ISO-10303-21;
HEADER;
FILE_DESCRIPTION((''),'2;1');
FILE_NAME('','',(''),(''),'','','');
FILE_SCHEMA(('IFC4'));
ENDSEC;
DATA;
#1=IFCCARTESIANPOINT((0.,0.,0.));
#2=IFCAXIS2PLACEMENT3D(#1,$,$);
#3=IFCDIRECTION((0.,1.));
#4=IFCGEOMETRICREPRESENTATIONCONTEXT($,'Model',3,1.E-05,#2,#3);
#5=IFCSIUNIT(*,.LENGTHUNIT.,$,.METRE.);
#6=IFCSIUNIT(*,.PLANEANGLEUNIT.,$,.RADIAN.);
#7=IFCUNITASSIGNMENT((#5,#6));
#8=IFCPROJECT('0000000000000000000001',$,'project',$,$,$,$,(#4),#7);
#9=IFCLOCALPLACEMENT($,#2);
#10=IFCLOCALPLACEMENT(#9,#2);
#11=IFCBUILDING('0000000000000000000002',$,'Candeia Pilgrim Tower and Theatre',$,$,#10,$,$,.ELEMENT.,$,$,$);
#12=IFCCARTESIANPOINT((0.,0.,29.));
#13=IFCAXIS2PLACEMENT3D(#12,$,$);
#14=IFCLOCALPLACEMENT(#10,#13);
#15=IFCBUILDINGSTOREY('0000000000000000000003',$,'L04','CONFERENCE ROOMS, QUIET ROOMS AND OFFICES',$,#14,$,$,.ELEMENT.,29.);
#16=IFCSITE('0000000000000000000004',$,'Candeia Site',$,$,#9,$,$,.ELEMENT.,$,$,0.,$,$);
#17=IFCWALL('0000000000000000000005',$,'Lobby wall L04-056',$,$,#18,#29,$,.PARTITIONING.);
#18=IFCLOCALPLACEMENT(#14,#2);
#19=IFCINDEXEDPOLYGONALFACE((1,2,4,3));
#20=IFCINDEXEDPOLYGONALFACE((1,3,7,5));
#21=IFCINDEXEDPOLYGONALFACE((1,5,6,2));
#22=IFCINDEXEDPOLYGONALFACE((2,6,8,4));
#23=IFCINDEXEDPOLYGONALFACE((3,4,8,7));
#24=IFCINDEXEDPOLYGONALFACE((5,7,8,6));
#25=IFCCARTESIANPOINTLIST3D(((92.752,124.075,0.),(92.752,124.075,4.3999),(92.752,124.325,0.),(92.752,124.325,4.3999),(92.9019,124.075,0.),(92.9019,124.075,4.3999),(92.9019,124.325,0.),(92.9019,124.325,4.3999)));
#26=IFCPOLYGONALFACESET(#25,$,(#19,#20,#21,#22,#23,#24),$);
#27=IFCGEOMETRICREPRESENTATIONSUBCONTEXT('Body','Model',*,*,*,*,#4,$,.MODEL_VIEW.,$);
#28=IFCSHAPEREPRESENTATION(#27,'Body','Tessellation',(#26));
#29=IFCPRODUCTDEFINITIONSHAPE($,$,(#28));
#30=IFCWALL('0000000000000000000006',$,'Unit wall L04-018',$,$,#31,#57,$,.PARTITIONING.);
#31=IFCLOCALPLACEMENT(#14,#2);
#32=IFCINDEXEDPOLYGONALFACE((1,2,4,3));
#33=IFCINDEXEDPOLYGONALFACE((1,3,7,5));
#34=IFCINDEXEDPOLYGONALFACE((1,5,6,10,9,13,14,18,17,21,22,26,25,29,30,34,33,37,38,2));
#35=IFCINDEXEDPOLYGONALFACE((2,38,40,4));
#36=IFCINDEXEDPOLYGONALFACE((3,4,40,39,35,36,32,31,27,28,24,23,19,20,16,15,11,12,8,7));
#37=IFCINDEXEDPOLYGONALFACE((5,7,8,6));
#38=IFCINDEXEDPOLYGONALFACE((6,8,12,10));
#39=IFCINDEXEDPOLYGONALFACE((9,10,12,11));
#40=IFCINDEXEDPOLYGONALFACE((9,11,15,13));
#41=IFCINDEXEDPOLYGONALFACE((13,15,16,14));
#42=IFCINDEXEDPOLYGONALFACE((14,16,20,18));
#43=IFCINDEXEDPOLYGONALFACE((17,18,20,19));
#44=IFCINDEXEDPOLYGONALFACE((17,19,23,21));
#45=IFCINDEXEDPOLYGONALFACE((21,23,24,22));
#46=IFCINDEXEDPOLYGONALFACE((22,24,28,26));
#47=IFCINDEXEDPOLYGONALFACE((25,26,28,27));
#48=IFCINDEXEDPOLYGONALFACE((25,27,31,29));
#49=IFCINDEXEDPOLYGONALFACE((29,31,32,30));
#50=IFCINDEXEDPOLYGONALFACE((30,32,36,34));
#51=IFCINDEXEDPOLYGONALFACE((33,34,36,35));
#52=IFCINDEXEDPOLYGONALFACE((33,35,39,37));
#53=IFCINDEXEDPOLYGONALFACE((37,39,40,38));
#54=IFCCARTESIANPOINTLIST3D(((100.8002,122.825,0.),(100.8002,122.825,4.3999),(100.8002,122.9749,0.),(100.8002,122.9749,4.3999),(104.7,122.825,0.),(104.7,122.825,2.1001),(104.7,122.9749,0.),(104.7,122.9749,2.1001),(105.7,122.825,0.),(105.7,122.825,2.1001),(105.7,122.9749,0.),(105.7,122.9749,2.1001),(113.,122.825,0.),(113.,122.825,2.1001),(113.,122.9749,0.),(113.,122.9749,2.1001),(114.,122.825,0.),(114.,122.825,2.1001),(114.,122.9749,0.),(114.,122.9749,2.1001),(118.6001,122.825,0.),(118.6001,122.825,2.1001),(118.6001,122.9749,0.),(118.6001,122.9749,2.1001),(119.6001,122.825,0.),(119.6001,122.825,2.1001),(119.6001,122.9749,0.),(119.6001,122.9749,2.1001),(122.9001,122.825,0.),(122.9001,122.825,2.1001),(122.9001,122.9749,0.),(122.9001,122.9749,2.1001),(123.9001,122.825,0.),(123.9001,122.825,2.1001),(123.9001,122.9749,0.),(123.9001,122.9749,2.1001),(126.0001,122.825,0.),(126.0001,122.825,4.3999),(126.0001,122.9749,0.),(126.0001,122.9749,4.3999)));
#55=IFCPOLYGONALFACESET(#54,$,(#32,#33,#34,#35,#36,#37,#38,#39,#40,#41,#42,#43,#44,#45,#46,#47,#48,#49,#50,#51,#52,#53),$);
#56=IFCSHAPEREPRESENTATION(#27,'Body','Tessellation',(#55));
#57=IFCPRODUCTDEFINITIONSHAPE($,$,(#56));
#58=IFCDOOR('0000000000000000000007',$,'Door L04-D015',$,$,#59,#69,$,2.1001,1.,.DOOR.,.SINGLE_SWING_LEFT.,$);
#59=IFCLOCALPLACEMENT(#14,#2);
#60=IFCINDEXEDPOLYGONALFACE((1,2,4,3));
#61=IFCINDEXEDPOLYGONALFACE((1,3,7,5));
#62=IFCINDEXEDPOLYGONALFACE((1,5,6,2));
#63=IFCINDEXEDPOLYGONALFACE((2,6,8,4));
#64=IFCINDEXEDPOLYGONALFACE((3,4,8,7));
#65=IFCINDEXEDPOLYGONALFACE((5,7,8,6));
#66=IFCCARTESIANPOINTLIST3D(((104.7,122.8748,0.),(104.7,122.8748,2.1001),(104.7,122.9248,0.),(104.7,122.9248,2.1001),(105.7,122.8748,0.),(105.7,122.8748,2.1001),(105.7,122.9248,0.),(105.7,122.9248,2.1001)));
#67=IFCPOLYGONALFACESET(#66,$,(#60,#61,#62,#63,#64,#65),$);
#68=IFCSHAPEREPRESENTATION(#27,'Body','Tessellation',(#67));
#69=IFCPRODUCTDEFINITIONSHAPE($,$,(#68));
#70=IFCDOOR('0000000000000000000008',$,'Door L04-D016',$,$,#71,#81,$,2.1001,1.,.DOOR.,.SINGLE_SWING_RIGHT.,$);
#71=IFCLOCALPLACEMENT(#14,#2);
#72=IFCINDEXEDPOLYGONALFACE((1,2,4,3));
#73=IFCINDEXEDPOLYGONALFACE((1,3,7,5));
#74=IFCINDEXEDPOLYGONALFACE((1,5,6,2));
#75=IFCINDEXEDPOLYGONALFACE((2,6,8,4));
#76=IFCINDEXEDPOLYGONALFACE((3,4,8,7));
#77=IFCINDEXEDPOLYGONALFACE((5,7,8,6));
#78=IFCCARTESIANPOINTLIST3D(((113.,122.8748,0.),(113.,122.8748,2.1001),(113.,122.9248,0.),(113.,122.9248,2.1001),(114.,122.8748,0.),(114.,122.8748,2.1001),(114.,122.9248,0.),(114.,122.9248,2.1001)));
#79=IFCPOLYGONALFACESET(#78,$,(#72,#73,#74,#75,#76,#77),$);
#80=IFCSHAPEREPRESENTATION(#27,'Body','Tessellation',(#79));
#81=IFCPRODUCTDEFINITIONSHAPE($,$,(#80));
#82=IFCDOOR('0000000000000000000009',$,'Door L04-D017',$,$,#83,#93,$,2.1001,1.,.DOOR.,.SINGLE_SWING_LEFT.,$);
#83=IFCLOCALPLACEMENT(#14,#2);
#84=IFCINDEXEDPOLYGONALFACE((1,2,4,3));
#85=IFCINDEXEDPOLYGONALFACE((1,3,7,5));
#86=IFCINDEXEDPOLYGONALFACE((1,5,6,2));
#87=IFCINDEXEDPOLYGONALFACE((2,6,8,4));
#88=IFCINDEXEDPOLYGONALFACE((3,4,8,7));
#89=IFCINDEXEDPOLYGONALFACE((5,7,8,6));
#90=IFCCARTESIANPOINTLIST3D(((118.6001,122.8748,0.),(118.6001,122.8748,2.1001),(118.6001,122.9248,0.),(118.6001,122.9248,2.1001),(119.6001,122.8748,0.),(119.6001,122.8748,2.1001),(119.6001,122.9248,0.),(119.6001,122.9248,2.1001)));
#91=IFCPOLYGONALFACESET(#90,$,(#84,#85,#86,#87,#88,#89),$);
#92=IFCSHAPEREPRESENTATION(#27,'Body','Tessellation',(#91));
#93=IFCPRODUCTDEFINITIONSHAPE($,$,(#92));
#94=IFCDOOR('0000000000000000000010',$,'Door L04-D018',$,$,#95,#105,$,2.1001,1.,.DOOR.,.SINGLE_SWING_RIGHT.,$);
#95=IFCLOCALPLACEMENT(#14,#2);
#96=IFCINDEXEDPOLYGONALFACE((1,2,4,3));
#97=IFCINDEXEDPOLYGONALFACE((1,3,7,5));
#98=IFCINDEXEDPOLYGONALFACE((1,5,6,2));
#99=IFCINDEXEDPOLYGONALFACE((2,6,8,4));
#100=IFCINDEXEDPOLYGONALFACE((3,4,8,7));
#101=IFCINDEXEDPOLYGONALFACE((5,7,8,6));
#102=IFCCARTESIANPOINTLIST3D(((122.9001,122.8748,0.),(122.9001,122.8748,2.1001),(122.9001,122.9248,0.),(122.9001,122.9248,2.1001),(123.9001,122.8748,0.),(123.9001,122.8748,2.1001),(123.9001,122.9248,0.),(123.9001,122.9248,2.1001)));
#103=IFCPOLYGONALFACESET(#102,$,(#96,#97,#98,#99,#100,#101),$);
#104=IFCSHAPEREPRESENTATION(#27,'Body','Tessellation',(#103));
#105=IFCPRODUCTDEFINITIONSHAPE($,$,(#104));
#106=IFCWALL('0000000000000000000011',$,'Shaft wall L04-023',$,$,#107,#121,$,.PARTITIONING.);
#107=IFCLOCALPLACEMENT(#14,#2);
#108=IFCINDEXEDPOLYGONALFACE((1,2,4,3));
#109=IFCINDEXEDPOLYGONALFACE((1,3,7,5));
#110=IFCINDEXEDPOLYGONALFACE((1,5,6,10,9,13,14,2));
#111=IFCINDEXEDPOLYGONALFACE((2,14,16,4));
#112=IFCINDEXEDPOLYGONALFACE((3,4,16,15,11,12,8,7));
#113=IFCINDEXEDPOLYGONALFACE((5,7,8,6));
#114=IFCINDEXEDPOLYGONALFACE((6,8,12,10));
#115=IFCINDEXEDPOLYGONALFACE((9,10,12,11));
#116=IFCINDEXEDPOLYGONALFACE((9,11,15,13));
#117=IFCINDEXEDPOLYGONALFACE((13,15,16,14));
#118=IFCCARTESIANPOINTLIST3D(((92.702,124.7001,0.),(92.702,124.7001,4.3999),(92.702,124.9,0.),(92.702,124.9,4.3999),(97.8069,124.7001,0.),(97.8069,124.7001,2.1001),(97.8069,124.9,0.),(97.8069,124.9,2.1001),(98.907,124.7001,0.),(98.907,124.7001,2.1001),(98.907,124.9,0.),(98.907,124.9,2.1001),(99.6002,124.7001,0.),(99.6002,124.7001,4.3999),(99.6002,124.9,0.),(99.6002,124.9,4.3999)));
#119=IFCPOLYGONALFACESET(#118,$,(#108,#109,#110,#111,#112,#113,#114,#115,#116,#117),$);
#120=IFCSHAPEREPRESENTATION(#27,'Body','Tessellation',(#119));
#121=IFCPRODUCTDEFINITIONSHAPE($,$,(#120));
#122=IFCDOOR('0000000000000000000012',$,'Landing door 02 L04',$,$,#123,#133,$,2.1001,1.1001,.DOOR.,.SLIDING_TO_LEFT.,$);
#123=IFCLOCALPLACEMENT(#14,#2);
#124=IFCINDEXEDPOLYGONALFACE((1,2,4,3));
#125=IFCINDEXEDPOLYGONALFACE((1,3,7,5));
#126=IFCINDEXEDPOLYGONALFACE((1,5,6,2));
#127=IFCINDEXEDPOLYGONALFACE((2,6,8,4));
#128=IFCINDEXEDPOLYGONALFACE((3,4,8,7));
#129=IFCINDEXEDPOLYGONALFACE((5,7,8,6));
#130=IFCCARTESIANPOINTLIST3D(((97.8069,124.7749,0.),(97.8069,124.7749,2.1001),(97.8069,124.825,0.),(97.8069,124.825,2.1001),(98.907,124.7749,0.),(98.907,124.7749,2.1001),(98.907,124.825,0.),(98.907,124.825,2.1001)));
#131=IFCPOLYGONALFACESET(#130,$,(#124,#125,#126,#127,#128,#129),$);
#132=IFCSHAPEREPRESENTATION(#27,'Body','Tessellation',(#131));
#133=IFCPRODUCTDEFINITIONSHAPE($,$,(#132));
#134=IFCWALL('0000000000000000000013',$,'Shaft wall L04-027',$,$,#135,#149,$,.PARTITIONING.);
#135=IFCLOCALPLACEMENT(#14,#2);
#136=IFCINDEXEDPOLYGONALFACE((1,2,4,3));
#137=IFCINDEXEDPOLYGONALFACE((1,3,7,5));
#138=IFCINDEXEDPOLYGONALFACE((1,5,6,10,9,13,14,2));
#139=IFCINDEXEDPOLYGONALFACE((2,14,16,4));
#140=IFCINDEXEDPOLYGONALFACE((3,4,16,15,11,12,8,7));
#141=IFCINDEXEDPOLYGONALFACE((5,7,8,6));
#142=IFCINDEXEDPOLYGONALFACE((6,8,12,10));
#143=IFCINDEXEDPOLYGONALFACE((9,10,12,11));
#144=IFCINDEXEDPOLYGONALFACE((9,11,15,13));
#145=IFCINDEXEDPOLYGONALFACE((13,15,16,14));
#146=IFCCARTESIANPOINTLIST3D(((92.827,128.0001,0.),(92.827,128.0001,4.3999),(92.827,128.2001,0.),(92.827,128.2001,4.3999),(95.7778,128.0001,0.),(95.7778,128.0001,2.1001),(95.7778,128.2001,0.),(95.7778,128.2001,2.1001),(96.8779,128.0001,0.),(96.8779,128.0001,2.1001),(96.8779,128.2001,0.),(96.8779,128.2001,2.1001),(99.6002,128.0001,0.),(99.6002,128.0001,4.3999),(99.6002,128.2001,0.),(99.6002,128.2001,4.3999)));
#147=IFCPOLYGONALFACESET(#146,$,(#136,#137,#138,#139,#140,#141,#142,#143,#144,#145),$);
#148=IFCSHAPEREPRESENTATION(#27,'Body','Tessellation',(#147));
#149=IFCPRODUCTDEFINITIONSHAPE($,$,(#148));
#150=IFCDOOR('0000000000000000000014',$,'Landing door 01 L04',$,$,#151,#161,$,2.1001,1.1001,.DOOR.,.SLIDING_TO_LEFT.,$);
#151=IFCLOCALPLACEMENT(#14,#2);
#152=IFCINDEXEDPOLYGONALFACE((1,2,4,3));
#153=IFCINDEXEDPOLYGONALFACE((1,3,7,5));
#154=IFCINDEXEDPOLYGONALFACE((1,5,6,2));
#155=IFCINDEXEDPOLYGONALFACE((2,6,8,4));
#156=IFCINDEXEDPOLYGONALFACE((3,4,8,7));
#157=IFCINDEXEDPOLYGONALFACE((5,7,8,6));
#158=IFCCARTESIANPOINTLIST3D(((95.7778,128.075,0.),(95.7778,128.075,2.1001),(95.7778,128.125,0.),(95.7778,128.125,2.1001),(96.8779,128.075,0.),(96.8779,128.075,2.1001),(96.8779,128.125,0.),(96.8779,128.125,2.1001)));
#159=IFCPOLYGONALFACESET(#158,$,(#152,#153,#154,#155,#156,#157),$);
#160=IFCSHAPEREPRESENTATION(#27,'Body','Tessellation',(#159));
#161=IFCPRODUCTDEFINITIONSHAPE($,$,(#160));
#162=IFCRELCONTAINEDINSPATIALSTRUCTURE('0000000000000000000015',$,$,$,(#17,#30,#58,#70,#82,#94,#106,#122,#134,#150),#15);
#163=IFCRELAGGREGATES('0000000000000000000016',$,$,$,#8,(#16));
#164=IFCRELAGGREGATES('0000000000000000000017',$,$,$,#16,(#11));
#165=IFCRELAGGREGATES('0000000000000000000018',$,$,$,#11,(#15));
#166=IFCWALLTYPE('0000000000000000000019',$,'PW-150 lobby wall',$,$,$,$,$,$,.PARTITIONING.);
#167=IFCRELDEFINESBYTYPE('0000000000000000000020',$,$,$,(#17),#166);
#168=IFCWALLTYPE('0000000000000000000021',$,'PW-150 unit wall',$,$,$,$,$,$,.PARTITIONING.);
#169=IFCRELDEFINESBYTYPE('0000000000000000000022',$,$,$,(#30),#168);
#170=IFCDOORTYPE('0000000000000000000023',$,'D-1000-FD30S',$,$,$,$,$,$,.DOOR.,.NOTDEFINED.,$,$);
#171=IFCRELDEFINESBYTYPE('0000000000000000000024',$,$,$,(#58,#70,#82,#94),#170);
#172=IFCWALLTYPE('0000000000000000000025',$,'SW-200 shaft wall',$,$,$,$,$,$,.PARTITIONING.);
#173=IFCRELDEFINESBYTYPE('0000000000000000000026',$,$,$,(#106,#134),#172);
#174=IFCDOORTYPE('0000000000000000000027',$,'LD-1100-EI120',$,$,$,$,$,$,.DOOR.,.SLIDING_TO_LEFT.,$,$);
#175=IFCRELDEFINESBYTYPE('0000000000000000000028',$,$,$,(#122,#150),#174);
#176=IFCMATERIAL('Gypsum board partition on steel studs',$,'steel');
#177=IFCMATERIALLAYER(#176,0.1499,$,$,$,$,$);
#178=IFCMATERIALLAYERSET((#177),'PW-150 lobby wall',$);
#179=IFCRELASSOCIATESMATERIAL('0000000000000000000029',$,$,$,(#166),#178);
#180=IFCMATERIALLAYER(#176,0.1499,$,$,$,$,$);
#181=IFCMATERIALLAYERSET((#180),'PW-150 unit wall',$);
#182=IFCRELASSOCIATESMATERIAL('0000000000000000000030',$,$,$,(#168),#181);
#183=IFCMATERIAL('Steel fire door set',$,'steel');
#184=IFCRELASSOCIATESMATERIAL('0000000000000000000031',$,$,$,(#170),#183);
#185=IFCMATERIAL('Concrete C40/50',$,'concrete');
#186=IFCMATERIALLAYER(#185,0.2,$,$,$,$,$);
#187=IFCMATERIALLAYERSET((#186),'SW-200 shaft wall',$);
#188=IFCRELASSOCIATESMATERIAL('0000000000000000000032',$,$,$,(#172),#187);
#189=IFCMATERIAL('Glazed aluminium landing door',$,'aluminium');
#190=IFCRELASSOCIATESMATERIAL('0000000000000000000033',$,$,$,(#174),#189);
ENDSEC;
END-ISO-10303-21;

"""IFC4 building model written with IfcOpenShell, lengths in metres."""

from ifc_helpers import new_model, si_unit, direction, frame, frame_2d, origin, place, context, subcontext, project, spatial, rectangle, extrude, material, layer, layer_set, type_object, element, fill, save


model = new_model("IFC4")

# Units and contexts
model_context = context("Model", 3, precision=1e-05, world=origin(), true_north=direction((0.0, 1.0)))
body_context = subcontext(model_context, "Body", "Model", "MODEL_VIEW")
ifc_project = project(units=[si_unit("LENGTHUNIT", "METRE"), si_unit("PLANEANGLEUNIT", "RADIAN")], contexts=[model_context])

# Site, building, storey
site_placement = place(None, origin())
site = spatial("IfcSite", under=ifc_project, at=site_placement, Name="Candeia Site", CompositionType="ELEMENT", RefElevation=0.0)
building_placement = place(site_placement, origin())
building = spatial("IfcBuilding", under=site, at=building_placement, Name="Candeia Pilgrim Tower and Theatre", CompositionType="ELEMENT")
storey_placement = place(building_placement, frame((0.0, 0.0, 29.0)))
storey = spatial("IfcBuildingStorey", under=building, at=storey_placement, Name="L04", Description="CONFERENCE ROOMS, QUIET ROOMS AND OFFICES", CompositionType="ELEMENT", Elevation=29.0)

# Wall
ifc_material_1 = material(Name="Gypsum board partition on steel studs", Category="steel")
ifc_layer_1 = layer(ifc_material_1, 0.1499)
ifc_layer_set_1 = layer_set([ifc_layer_1], Name="PW-150 lobby wall")
wall_type_1 = type_object("IfcWallType", Name="PW-150 lobby wall", PredefinedType="PARTITIONING", material=ifc_layer_set_1)
wall_1_placement = place(storey_placement, frame((92.8269, 124.075, 0.0), z_axis=(0.0, 0.0, 1.0), x_axis=(0.0, 1.0, 0.0)))
element("IfcWall", 1, at=wall_1_placement, inside=storey, type_object=wall_type_1, Name="Lobby wall L04-056", PredefinedType="PARTITIONING", context=body_context, shape_type="SweptSolid", body=[
    extrude(rectangle(XDim=0.25, YDim=0.1499, at=frame_2d((0.125, 0.0))), origin(), (0.0, 0.0, 1.0), 4.3999),
])

# Wall, openings, doors
ifc_layer_2 = layer(ifc_material_1, 0.1499)
ifc_layer_set_2 = layer_set([ifc_layer_2], Name="PW-150 unit wall")
wall_type_2 = type_object("IfcWallType", Name="PW-150 unit wall", PredefinedType="PARTITIONING", material=ifc_layer_set_2)
wall_2_placement = place(storey_placement, frame((100.8, 122.8999, 0.0), z_axis=(0.0, 0.0, 1.0), x_axis=(1.0, 0.0, 0.0)))
wall_2 = element("IfcWall", 2, at=wall_2_placement, inside=storey, type_object=wall_type_2, Name="Unit wall L04-018", PredefinedType="PARTITIONING", context=body_context, shape_type="SweptSolid", body=[
    extrude(rectangle(XDim=25.2, YDim=0.1499, at=frame_2d((12.6001, 0.0))), origin(), (0.0, 0.0, 1.0), 4.3999),
])
opening_1_placement = place(wall_2_placement, frame((3.8999, 0.0, 0.0)))
opening_1 = element("IfcOpeningElement", 3, at=opening_1_placement, cuts=wall_2, PredefinedType="OPENING", context=body_context, shape_type="SweptSolid", body=[
    extrude(rectangle(XDim=1.0, YDim=2.1001, at=frame_2d((0.5, 1.05))), frame((0.0, 0.085, 0.0), z_axis=(0.0, -1.0, 0.0), x_axis=(1.0, 0.0, 0.0)), (0.0, 0.0, 1.0), 0.1699),
])
opening_2_placement = place(wall_2_placement, frame((12.2, 0.0, 0.0)))
opening_2 = element("IfcOpeningElement", 4, at=opening_2_placement, cuts=wall_2, PredefinedType="OPENING", context=body_context, shape_type="SweptSolid", body=[
    extrude(rectangle(XDim=1.0, YDim=2.1001, at=frame_2d((0.5, 1.05))), frame((0.0, 0.085, 0.0), z_axis=(0.0, -1.0, 0.0), x_axis=(1.0, 0.0, 0.0)), (0.0, 0.0, 1.0), 0.1699),
])
opening_3_placement = place(wall_2_placement, frame((17.8, 0.0, 0.0)))
opening_3 = element("IfcOpeningElement", 5, at=opening_3_placement, cuts=wall_2, PredefinedType="OPENING", context=body_context, shape_type="SweptSolid", body=[
    extrude(rectangle(XDim=1.0, YDim=2.1001, at=frame_2d((0.5, 1.05))), frame((0.0, 0.085, 0.0), z_axis=(0.0, -1.0, 0.0), x_axis=(1.0, 0.0, 0.0)), (0.0, 0.0, 1.0), 0.1699),
])
opening_4_placement = place(wall_2_placement, frame((22.1001, 0.0, 0.0)))
opening_4 = element("IfcOpeningElement", 6, at=opening_4_placement, cuts=wall_2, PredefinedType="OPENING", context=body_context, shape_type="SweptSolid", body=[
    extrude(rectangle(XDim=1.0, YDim=2.1001, at=frame_2d((0.5, 1.05))), frame((0.0, 0.085, 0.0), z_axis=(0.0, -1.0, 0.0), x_axis=(1.0, 0.0, 0.0)), (0.0, 0.0, 1.0), 0.1699),
])
ifc_material_2 = material(Name="Steel fire door set", Category="steel")
door_type_1 = type_object("IfcDoorType", Name="D-1000-FD30S", OperationType="NOTDEFINED", PredefinedType="DOOR", material=ifc_material_2)
door_1_placement = place(opening_1_placement, origin())
door_1 = element("IfcDoor", 7, at=door_1_placement, inside=storey, type_object=door_type_1, Name="Door L04-D015", OperationType="SINGLE_SWING_LEFT", OverallHeight=2.1001, OverallWidth=1.0, PredefinedType="DOOR", context=body_context, shape_type="SweptSolid", body=[
    extrude(rectangle(XDim=1.0, YDim=2.1001, at=frame_2d((0.5, 1.05))), frame((0.0, 0.0249, 0.0), z_axis=(0.0, -1.0, 0.0), x_axis=(1.0, 0.0, 0.0)), (0.0, 0.0, 1.0), 0.05),
])
fill(opening_1, door_1)
door_2_placement = place(opening_2_placement, origin())
door_2 = element("IfcDoor", 8, at=door_2_placement, inside=storey, type_object=door_type_1, Name="Door L04-D016", OperationType="SINGLE_SWING_RIGHT", OverallHeight=2.1001, OverallWidth=1.0, PredefinedType="DOOR", context=body_context, shape_type="SweptSolid", body=[
    extrude(rectangle(XDim=1.0, YDim=2.1001, at=frame_2d((0.5, 1.05))), frame((0.0, 0.0249, 0.0), z_axis=(0.0, -1.0, 0.0), x_axis=(1.0, 0.0, 0.0)), (0.0, 0.0, 1.0), 0.05),
])
fill(opening_2, door_2)
door_3_placement = place(opening_3_placement, origin())
door_3 = element("IfcDoor", 9, at=door_3_placement, inside=storey, type_object=door_type_1, Name="Door L04-D017", OperationType="SINGLE_SWING_LEFT", OverallHeight=2.1001, OverallWidth=1.0, PredefinedType="DOOR", context=body_context, shape_type="SweptSolid", body=[
    extrude(rectangle(XDim=1.0, YDim=2.1001, at=frame_2d((0.5, 1.05))), frame((0.0, 0.0249, 0.0), z_axis=(0.0, -1.0, 0.0), x_axis=(1.0, 0.0, 0.0)), (0.0, 0.0, 1.0), 0.05),
])
fill(opening_3, door_3)
door_4_placement = place(opening_4_placement, origin())
door_4 = element("IfcDoor", 10, at=door_4_placement, inside=storey, type_object=door_type_1, Name="Door L04-D018", OperationType="SINGLE_SWING_RIGHT", OverallHeight=2.1001, OverallWidth=1.0, PredefinedType="DOOR", context=body_context, shape_type="SweptSolid", body=[
    extrude(rectangle(XDim=1.0, YDim=2.1001, at=frame_2d((0.5, 1.05))), frame((0.0, 0.0249, 0.0), z_axis=(0.0, -1.0, 0.0), x_axis=(1.0, 0.0, 0.0)), (0.0, 0.0, 1.0), 0.05),
])
fill(opening_4, door_4)

# Walls, openings, doors
ifc_material_3 = material(Name="Concrete C40/50", Category="concrete")
ifc_layer_3 = layer(ifc_material_3, 0.2)
ifc_layer_set_3 = layer_set([ifc_layer_3], Name="SW-200 shaft wall")
wall_type_3 = type_object("IfcWallType", Name="SW-200 shaft wall", PredefinedType="PARTITIONING", material=ifc_layer_set_3)
wall_3_placement = place(storey_placement, frame((92.7019, 124.8, 0.0), z_axis=(0.0, 0.0, 1.0), x_axis=(1.0, 0.0, 0.0)))
wall_3 = element("IfcWall", 11, at=wall_3_placement, inside=storey, type_object=wall_type_3, Name="Shaft wall L04-023", PredefinedType="PARTITIONING", context=body_context, shape_type="SweptSolid", body=[
    extrude(rectangle(XDim=6.8982, YDim=0.2, at=frame_2d((3.4492, 0.0))), origin(), (0.0, 0.0, 1.0), 4.3999),
])
opening_5_placement = place(wall_3_placement, frame((5.105, 0.0, 0.0)))
opening_5 = element("IfcOpeningElement", 12, at=opening_5_placement, cuts=wall_3, PredefinedType="OPENING", context=body_context, shape_type="SweptSolid", body=[
    extrude(rectangle(XDim=1.1001, YDim=2.1001, at=frame_2d((0.55, 1.05))), frame((0.0, 0.1099, 0.0), z_axis=(0.0, -1.0, 0.0), x_axis=(1.0, 0.0, 0.0)), (0.0, 0.0, 1.0), 0.22),
])
ifc_material_4 = material(Name="Glazed aluminium landing door", Category="aluminium")
door_type_2 = type_object("IfcDoorType", Name="LD-1100-EI120", OperationType="SLIDING_TO_LEFT", PredefinedType="DOOR", material=ifc_material_4)
door_5_placement = place(opening_5_placement, origin())
door_5 = element("IfcDoor", 13, at=door_5_placement, inside=storey, type_object=door_type_2, Name="Landing door 02 L04", OperationType="SLIDING_TO_LEFT", OverallHeight=2.1001, OverallWidth=1.1001, PredefinedType="DOOR", context=body_context, shape_type="SweptSolid", body=[
    extrude(rectangle(XDim=1.1001, YDim=2.1001, at=frame_2d((0.55, 1.05))), frame((0.0, 0.0249, 0.0), z_axis=(0.0, -1.0, 0.0), x_axis=(1.0, 0.0, 0.0)), (0.0, 0.0, 1.0), 0.05),
])
fill(opening_5, door_5)
wall_4_placement = place(storey_placement, frame((92.8269, 128.1001, 0.0), z_axis=(0.0, 0.0, 1.0), x_axis=(1.0, 0.0, 0.0)))
wall_4 = element("IfcWall", 14, at=wall_4_placement, inside=storey, type_object=wall_type_3, Name="Shaft wall L04-027", PredefinedType="PARTITIONING", context=body_context, shape_type="SweptSolid", body=[
    extrude(rectangle(XDim=6.7732, YDim=0.2, at=frame_2d((3.3867, 0.0))), origin(), (0.0, 0.0, 1.0), 4.3999),
])
opening_6_placement = place(wall_4_placement, frame((2.9509, 0.0, 0.0)))
opening_6 = element("IfcOpeningElement", 15, at=opening_6_placement, cuts=wall_4, PredefinedType="OPENING", context=body_context, shape_type="SweptSolid", body=[
    extrude(rectangle(XDim=1.1001, YDim=2.1001, at=frame_2d((0.55, 1.05))), frame((0.0, 0.1099, 0.0), z_axis=(0.0, -1.0, 0.0), x_axis=(1.0, 0.0, 0.0)), (0.0, 0.0, 1.0), 0.22),
])
door_6_placement = place(opening_6_placement, origin())
door_6 = element("IfcDoor", 16, at=door_6_placement, inside=storey, type_object=door_type_2, Name="Landing door 01 L04", OperationType="SLIDING_TO_LEFT", OverallHeight=2.1001, OverallWidth=1.1001, PredefinedType="DOOR", context=body_context, shape_type="SweptSolid", body=[
    extrude(rectangle(XDim=1.1001, YDim=2.1001, at=frame_2d((0.55, 1.05))), frame((0.0, 0.0249, 0.0), z_axis=(0.0, -1.0, 0.0), x_axis=(1.0, 0.0, 0.0)), (0.0, 0.0, 1.0), 0.05),
])
fill(opening_6, door_6)

save(model, "model.ifc")
